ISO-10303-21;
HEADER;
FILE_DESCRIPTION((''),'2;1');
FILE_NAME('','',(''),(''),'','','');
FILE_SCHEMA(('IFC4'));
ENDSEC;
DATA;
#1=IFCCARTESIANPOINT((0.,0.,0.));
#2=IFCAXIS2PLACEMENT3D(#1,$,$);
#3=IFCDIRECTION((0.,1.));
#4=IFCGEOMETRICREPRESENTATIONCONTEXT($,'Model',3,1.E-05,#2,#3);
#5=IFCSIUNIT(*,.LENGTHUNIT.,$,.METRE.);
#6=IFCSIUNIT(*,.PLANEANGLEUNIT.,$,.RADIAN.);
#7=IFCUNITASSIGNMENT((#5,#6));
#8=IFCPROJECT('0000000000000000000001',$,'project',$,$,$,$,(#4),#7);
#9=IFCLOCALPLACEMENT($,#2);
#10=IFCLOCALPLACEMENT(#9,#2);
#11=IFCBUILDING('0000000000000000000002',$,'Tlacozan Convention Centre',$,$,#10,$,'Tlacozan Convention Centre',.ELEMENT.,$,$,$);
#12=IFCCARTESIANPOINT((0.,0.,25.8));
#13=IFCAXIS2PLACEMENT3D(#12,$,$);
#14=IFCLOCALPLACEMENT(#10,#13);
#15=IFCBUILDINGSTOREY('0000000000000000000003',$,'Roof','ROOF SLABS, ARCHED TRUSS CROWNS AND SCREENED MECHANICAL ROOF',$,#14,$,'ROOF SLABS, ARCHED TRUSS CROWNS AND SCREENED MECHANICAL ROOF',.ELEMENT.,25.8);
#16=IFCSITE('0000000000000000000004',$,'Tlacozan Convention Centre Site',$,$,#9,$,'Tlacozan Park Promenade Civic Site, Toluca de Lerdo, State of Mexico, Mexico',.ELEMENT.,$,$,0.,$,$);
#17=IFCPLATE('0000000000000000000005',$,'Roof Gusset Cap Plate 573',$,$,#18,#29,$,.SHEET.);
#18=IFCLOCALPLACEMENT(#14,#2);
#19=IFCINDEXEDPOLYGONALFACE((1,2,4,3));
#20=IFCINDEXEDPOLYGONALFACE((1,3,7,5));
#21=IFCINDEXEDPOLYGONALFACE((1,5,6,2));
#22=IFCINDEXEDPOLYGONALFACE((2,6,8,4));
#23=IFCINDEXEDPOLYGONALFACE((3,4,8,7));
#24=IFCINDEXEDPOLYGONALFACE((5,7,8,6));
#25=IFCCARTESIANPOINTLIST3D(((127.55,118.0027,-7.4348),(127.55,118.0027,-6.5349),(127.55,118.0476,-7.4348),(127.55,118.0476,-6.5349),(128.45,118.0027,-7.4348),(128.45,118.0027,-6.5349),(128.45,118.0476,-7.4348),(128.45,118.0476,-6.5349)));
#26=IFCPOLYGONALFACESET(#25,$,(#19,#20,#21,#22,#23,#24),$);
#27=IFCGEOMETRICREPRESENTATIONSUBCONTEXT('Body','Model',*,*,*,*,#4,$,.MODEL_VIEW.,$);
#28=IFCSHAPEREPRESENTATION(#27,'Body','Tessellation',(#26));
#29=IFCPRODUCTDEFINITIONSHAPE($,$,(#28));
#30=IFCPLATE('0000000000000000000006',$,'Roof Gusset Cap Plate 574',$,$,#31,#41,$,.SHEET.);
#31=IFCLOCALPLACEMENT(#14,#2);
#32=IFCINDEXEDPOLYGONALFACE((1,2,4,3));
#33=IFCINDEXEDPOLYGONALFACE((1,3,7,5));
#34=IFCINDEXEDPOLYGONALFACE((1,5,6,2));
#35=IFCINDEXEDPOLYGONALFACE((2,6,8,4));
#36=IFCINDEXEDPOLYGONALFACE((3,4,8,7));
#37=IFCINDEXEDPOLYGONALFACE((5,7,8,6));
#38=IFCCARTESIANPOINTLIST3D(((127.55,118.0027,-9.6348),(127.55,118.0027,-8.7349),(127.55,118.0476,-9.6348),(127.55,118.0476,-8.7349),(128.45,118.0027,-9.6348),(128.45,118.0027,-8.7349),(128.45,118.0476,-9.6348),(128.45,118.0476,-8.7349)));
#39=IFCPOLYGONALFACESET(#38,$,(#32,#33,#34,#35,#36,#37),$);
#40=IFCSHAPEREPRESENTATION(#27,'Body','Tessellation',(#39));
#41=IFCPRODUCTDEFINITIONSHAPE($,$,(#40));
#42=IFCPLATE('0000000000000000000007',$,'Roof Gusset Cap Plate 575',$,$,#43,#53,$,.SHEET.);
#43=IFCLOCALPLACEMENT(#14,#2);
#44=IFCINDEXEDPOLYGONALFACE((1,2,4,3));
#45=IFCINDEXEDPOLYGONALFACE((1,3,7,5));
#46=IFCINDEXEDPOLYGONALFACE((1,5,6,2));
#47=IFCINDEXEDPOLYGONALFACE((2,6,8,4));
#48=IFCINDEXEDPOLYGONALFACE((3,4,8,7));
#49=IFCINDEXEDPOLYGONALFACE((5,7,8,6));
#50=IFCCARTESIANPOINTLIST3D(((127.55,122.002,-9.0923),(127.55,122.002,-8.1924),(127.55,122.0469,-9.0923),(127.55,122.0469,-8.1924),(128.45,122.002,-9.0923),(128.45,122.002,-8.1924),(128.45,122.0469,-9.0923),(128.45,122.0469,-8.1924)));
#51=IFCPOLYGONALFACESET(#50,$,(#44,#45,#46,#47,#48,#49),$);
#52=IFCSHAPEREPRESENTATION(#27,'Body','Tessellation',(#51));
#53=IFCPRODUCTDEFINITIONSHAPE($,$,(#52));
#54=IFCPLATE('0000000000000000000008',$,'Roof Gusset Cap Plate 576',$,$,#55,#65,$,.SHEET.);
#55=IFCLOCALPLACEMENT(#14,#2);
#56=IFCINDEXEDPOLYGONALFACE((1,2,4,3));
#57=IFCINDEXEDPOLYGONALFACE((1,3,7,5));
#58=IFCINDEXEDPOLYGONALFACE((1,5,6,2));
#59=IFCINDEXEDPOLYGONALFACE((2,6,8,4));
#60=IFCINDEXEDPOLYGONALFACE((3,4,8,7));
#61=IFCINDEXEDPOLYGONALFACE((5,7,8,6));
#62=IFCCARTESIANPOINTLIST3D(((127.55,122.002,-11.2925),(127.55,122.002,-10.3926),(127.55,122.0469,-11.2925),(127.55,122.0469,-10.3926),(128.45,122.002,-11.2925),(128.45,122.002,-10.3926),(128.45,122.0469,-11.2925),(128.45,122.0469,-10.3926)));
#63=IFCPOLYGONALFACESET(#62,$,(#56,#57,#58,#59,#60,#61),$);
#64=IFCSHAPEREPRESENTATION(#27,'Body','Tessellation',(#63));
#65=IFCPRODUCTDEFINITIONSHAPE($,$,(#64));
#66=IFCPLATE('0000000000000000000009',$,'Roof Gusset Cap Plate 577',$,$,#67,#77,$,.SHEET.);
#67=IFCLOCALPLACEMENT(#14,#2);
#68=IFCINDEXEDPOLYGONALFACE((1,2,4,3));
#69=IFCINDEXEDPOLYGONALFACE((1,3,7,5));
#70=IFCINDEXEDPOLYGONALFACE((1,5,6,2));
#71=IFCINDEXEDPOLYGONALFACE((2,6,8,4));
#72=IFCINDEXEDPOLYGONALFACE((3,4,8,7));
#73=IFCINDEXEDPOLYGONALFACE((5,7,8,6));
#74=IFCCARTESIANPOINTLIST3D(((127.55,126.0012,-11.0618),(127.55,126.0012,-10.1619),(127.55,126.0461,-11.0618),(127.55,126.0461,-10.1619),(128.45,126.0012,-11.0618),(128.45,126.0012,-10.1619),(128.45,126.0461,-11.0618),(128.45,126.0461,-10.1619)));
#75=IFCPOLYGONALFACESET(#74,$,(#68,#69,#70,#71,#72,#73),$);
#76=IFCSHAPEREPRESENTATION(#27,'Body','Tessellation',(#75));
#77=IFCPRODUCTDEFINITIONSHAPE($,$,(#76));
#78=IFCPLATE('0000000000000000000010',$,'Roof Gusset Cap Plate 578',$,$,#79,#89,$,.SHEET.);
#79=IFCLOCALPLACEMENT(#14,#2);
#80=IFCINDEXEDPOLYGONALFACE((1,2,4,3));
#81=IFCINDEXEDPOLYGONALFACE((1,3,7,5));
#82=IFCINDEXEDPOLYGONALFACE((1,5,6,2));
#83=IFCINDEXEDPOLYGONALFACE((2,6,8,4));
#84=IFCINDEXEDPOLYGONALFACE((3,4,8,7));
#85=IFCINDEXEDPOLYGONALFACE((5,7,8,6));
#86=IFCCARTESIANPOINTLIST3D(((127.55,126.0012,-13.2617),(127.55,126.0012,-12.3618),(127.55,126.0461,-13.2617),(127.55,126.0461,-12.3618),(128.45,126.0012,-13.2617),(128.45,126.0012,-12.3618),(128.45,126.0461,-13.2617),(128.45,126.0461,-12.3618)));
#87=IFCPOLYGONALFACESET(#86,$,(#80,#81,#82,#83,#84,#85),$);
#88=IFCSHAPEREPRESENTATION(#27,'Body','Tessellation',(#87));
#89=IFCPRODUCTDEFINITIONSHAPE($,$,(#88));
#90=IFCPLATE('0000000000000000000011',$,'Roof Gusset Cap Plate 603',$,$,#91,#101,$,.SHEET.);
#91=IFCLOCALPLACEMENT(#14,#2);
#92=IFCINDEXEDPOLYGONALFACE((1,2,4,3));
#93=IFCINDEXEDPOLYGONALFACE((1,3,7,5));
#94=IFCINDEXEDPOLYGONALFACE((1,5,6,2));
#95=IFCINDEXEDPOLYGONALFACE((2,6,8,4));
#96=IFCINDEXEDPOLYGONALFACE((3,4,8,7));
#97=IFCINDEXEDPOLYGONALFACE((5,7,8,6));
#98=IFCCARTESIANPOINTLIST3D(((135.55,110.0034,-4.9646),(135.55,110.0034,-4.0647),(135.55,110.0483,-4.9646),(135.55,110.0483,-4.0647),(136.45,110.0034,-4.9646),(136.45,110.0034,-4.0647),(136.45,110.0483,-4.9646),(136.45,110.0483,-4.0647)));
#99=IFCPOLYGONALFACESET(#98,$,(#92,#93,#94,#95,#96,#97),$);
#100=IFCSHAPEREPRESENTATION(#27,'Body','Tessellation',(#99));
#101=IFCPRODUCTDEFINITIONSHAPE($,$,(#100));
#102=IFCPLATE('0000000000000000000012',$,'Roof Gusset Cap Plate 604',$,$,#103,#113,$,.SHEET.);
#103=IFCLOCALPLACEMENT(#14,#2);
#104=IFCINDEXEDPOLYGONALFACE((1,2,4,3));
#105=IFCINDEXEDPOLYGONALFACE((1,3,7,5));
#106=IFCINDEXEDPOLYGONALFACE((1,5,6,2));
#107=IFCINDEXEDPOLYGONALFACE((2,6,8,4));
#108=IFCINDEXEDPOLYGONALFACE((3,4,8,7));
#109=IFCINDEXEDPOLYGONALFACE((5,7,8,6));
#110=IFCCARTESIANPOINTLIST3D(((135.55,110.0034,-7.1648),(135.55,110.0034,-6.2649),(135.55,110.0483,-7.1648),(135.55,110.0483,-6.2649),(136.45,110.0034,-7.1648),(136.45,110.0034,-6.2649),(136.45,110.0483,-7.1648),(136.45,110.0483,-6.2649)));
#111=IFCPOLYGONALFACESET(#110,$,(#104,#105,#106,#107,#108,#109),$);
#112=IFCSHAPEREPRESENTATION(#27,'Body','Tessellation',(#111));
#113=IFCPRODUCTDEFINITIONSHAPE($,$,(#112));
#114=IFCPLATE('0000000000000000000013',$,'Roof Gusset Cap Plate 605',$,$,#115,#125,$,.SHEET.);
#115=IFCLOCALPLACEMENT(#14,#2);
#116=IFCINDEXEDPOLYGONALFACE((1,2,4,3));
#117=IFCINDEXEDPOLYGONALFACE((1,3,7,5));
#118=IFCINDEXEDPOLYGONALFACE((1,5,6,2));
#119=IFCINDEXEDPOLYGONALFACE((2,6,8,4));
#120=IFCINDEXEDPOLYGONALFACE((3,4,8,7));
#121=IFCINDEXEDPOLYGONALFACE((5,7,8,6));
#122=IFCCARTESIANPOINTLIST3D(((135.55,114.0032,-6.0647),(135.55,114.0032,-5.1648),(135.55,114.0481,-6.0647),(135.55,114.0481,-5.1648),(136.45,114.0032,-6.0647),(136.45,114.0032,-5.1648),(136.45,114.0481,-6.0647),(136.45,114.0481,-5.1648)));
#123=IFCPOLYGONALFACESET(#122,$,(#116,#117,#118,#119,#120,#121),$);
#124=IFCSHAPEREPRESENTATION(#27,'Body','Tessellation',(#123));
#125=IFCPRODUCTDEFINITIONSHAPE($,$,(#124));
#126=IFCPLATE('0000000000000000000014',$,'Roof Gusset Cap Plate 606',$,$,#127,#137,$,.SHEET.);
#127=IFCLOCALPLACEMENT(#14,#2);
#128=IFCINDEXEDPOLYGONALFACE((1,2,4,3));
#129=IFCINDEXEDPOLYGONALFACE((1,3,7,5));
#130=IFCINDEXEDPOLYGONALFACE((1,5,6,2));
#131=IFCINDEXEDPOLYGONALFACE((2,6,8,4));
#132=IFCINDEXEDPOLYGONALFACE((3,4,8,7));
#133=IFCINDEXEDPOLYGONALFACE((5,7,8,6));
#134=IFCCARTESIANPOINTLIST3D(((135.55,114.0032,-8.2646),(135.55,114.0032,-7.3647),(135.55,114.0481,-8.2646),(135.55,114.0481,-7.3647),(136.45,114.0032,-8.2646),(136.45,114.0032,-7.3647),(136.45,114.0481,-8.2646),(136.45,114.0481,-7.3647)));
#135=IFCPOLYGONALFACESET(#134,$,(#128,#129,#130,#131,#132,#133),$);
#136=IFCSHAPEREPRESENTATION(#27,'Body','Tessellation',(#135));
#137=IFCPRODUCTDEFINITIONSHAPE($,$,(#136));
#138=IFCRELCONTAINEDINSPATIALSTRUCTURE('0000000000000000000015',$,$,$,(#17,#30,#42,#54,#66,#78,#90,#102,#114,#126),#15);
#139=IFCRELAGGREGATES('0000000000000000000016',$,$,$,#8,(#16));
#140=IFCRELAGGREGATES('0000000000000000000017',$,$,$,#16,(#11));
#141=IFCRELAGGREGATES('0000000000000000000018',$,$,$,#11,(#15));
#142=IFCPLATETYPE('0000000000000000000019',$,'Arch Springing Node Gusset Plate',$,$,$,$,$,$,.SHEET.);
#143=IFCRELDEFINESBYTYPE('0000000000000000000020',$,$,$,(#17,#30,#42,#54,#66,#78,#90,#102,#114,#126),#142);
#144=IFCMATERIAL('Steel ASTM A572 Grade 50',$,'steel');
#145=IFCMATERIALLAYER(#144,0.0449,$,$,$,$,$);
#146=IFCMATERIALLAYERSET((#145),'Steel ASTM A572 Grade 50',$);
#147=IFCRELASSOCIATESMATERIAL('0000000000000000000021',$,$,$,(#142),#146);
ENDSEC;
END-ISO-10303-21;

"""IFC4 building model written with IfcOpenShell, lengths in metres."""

from ifc_helpers import new_model, si_unit, direction, frame, origin, origin_2d, place, context, subcontext, project, spatial, rectangle, extrude, material, layer, layer_set, type_object, element, save


model = new_model("IFC4")

# Units and contexts
model_context = context("Model", 3, precision=1e-05, world=origin(), true_north=direction((0.0, 1.0)))
body_context = subcontext(model_context, "Body", "Model", "MODEL_VIEW")
ifc_project = project(units=[si_unit("LENGTHUNIT", "METRE"), si_unit("PLANEANGLEUNIT", "RADIAN")], contexts=[model_context])

# Site, building, storey
site_placement = place(None, origin())
site = spatial("IfcSite", under=ifc_project, at=site_placement, Name="Tlacozan Convention Centre Site", LongName="Tlacozan Park Promenade Civic Site, Toluca de Lerdo, State of Mexico, Mexico", CompositionType="ELEMENT", RefElevation=0.0)
building_placement = place(site_placement, origin())
building = spatial("IfcBuilding", under=site, at=building_placement, Name="Tlacozan Convention Centre", LongName="Tlacozan Convention Centre", CompositionType="ELEMENT")
storey_placement = place(building_placement, frame((0.0, 0.0, 25.8)))
storey = spatial("IfcBuildingStorey", under=building, at=storey_placement, Name="Roof", Description="ROOF SLABS, ARCHED TRUSS CROWNS AND SCREENED MECHANICAL ROOF", LongName="ROOF SLABS, ARCHED TRUSS CROWNS AND SCREENED MECHANICAL ROOF", CompositionType="ELEMENT", Elevation=25.8)

# Plates
ifc_material_1 = material(Name="Steel ASTM A572 Grade 50", Category="steel")
ifc_layer = layer(ifc_material_1, 0.0449)
ifc_layer_set = layer_set([ifc_layer], Name="Steel ASTM A572 Grade 50")
plate_type = type_object("IfcPlateType", Name="Arch Springing Node Gusset Plate", PredefinedType="SHEET", material=ifc_layer_set)
for number, where, z_axis, x_axis, name in (
    (1, (128.0, 118.0251, -7.4348), (0.0, 0.0, 1.0), (0.0, 1.0, 0.0), "Roof Gusset Cap Plate 573"),
    (2, (128.0, 118.0251, -9.6348), (0.0, 0.0, 1.0), (0.0, 1.0, 0.0), "Roof Gusset Cap Plate 574"),
    (3, (128.0, 122.0244, -9.0923), (0.0, 0.0, 1.0), (0.0, 1.0, 0.0), "Roof Gusset Cap Plate 575"),
    (4, (128.0, 122.0244, -11.2925), (0.0, 0.0, 1.0), (0.0, 1.0, 0.0), "Roof Gusset Cap Plate 576"),
    (5, (128.0, 126.0237, -11.0618), (0.0, 0.0, 1.0), (0.0, 1.0, 0.0), "Roof Gusset Cap Plate 577"),
    (6, (128.0, 126.0237, -13.2617), (0.0, 0.0, 1.0), (0.0, 1.0, 0.0), "Roof Gusset Cap Plate 578"),
    (7, (136.0, 110.0259, -4.9646), (0.0, 0.0, 1.0), (0.0, 1.0, 0.0), "Roof Gusset Cap Plate 603"),
    (8, (136.0, 110.0259, -7.1648), (0.0, 0.0, 1.0), (0.0, 1.0, 0.0), "Roof Gusset Cap Plate 604"),
    (9, (136.0, 114.0256, -6.0647), (0.0, 0.0, 1.0), (0.0, 1.0, 0.0), "Roof Gusset Cap Plate 605"),
    (10, (136.0, 114.0256, -8.2646), (0.0, 0.0, 1.0), (0.0, 1.0, 0.0), "Roof Gusset Cap Plate 606"),
):
    element("IfcPlate", number, at=place(storey_placement, frame(where, z_axis=z_axis, x_axis=x_axis)), inside=storey, type_object=plate_type, Name=name, PredefinedType="SHEET", context=body_context, shape_type="SweptSolid", body=[
        extrude(rectangle(XDim=0.0449, YDim=0.8999, at=origin_2d()), origin(), (0.0, 0.0, 1.0), 0.8999),
    ])

save(model, "model.ifc")
